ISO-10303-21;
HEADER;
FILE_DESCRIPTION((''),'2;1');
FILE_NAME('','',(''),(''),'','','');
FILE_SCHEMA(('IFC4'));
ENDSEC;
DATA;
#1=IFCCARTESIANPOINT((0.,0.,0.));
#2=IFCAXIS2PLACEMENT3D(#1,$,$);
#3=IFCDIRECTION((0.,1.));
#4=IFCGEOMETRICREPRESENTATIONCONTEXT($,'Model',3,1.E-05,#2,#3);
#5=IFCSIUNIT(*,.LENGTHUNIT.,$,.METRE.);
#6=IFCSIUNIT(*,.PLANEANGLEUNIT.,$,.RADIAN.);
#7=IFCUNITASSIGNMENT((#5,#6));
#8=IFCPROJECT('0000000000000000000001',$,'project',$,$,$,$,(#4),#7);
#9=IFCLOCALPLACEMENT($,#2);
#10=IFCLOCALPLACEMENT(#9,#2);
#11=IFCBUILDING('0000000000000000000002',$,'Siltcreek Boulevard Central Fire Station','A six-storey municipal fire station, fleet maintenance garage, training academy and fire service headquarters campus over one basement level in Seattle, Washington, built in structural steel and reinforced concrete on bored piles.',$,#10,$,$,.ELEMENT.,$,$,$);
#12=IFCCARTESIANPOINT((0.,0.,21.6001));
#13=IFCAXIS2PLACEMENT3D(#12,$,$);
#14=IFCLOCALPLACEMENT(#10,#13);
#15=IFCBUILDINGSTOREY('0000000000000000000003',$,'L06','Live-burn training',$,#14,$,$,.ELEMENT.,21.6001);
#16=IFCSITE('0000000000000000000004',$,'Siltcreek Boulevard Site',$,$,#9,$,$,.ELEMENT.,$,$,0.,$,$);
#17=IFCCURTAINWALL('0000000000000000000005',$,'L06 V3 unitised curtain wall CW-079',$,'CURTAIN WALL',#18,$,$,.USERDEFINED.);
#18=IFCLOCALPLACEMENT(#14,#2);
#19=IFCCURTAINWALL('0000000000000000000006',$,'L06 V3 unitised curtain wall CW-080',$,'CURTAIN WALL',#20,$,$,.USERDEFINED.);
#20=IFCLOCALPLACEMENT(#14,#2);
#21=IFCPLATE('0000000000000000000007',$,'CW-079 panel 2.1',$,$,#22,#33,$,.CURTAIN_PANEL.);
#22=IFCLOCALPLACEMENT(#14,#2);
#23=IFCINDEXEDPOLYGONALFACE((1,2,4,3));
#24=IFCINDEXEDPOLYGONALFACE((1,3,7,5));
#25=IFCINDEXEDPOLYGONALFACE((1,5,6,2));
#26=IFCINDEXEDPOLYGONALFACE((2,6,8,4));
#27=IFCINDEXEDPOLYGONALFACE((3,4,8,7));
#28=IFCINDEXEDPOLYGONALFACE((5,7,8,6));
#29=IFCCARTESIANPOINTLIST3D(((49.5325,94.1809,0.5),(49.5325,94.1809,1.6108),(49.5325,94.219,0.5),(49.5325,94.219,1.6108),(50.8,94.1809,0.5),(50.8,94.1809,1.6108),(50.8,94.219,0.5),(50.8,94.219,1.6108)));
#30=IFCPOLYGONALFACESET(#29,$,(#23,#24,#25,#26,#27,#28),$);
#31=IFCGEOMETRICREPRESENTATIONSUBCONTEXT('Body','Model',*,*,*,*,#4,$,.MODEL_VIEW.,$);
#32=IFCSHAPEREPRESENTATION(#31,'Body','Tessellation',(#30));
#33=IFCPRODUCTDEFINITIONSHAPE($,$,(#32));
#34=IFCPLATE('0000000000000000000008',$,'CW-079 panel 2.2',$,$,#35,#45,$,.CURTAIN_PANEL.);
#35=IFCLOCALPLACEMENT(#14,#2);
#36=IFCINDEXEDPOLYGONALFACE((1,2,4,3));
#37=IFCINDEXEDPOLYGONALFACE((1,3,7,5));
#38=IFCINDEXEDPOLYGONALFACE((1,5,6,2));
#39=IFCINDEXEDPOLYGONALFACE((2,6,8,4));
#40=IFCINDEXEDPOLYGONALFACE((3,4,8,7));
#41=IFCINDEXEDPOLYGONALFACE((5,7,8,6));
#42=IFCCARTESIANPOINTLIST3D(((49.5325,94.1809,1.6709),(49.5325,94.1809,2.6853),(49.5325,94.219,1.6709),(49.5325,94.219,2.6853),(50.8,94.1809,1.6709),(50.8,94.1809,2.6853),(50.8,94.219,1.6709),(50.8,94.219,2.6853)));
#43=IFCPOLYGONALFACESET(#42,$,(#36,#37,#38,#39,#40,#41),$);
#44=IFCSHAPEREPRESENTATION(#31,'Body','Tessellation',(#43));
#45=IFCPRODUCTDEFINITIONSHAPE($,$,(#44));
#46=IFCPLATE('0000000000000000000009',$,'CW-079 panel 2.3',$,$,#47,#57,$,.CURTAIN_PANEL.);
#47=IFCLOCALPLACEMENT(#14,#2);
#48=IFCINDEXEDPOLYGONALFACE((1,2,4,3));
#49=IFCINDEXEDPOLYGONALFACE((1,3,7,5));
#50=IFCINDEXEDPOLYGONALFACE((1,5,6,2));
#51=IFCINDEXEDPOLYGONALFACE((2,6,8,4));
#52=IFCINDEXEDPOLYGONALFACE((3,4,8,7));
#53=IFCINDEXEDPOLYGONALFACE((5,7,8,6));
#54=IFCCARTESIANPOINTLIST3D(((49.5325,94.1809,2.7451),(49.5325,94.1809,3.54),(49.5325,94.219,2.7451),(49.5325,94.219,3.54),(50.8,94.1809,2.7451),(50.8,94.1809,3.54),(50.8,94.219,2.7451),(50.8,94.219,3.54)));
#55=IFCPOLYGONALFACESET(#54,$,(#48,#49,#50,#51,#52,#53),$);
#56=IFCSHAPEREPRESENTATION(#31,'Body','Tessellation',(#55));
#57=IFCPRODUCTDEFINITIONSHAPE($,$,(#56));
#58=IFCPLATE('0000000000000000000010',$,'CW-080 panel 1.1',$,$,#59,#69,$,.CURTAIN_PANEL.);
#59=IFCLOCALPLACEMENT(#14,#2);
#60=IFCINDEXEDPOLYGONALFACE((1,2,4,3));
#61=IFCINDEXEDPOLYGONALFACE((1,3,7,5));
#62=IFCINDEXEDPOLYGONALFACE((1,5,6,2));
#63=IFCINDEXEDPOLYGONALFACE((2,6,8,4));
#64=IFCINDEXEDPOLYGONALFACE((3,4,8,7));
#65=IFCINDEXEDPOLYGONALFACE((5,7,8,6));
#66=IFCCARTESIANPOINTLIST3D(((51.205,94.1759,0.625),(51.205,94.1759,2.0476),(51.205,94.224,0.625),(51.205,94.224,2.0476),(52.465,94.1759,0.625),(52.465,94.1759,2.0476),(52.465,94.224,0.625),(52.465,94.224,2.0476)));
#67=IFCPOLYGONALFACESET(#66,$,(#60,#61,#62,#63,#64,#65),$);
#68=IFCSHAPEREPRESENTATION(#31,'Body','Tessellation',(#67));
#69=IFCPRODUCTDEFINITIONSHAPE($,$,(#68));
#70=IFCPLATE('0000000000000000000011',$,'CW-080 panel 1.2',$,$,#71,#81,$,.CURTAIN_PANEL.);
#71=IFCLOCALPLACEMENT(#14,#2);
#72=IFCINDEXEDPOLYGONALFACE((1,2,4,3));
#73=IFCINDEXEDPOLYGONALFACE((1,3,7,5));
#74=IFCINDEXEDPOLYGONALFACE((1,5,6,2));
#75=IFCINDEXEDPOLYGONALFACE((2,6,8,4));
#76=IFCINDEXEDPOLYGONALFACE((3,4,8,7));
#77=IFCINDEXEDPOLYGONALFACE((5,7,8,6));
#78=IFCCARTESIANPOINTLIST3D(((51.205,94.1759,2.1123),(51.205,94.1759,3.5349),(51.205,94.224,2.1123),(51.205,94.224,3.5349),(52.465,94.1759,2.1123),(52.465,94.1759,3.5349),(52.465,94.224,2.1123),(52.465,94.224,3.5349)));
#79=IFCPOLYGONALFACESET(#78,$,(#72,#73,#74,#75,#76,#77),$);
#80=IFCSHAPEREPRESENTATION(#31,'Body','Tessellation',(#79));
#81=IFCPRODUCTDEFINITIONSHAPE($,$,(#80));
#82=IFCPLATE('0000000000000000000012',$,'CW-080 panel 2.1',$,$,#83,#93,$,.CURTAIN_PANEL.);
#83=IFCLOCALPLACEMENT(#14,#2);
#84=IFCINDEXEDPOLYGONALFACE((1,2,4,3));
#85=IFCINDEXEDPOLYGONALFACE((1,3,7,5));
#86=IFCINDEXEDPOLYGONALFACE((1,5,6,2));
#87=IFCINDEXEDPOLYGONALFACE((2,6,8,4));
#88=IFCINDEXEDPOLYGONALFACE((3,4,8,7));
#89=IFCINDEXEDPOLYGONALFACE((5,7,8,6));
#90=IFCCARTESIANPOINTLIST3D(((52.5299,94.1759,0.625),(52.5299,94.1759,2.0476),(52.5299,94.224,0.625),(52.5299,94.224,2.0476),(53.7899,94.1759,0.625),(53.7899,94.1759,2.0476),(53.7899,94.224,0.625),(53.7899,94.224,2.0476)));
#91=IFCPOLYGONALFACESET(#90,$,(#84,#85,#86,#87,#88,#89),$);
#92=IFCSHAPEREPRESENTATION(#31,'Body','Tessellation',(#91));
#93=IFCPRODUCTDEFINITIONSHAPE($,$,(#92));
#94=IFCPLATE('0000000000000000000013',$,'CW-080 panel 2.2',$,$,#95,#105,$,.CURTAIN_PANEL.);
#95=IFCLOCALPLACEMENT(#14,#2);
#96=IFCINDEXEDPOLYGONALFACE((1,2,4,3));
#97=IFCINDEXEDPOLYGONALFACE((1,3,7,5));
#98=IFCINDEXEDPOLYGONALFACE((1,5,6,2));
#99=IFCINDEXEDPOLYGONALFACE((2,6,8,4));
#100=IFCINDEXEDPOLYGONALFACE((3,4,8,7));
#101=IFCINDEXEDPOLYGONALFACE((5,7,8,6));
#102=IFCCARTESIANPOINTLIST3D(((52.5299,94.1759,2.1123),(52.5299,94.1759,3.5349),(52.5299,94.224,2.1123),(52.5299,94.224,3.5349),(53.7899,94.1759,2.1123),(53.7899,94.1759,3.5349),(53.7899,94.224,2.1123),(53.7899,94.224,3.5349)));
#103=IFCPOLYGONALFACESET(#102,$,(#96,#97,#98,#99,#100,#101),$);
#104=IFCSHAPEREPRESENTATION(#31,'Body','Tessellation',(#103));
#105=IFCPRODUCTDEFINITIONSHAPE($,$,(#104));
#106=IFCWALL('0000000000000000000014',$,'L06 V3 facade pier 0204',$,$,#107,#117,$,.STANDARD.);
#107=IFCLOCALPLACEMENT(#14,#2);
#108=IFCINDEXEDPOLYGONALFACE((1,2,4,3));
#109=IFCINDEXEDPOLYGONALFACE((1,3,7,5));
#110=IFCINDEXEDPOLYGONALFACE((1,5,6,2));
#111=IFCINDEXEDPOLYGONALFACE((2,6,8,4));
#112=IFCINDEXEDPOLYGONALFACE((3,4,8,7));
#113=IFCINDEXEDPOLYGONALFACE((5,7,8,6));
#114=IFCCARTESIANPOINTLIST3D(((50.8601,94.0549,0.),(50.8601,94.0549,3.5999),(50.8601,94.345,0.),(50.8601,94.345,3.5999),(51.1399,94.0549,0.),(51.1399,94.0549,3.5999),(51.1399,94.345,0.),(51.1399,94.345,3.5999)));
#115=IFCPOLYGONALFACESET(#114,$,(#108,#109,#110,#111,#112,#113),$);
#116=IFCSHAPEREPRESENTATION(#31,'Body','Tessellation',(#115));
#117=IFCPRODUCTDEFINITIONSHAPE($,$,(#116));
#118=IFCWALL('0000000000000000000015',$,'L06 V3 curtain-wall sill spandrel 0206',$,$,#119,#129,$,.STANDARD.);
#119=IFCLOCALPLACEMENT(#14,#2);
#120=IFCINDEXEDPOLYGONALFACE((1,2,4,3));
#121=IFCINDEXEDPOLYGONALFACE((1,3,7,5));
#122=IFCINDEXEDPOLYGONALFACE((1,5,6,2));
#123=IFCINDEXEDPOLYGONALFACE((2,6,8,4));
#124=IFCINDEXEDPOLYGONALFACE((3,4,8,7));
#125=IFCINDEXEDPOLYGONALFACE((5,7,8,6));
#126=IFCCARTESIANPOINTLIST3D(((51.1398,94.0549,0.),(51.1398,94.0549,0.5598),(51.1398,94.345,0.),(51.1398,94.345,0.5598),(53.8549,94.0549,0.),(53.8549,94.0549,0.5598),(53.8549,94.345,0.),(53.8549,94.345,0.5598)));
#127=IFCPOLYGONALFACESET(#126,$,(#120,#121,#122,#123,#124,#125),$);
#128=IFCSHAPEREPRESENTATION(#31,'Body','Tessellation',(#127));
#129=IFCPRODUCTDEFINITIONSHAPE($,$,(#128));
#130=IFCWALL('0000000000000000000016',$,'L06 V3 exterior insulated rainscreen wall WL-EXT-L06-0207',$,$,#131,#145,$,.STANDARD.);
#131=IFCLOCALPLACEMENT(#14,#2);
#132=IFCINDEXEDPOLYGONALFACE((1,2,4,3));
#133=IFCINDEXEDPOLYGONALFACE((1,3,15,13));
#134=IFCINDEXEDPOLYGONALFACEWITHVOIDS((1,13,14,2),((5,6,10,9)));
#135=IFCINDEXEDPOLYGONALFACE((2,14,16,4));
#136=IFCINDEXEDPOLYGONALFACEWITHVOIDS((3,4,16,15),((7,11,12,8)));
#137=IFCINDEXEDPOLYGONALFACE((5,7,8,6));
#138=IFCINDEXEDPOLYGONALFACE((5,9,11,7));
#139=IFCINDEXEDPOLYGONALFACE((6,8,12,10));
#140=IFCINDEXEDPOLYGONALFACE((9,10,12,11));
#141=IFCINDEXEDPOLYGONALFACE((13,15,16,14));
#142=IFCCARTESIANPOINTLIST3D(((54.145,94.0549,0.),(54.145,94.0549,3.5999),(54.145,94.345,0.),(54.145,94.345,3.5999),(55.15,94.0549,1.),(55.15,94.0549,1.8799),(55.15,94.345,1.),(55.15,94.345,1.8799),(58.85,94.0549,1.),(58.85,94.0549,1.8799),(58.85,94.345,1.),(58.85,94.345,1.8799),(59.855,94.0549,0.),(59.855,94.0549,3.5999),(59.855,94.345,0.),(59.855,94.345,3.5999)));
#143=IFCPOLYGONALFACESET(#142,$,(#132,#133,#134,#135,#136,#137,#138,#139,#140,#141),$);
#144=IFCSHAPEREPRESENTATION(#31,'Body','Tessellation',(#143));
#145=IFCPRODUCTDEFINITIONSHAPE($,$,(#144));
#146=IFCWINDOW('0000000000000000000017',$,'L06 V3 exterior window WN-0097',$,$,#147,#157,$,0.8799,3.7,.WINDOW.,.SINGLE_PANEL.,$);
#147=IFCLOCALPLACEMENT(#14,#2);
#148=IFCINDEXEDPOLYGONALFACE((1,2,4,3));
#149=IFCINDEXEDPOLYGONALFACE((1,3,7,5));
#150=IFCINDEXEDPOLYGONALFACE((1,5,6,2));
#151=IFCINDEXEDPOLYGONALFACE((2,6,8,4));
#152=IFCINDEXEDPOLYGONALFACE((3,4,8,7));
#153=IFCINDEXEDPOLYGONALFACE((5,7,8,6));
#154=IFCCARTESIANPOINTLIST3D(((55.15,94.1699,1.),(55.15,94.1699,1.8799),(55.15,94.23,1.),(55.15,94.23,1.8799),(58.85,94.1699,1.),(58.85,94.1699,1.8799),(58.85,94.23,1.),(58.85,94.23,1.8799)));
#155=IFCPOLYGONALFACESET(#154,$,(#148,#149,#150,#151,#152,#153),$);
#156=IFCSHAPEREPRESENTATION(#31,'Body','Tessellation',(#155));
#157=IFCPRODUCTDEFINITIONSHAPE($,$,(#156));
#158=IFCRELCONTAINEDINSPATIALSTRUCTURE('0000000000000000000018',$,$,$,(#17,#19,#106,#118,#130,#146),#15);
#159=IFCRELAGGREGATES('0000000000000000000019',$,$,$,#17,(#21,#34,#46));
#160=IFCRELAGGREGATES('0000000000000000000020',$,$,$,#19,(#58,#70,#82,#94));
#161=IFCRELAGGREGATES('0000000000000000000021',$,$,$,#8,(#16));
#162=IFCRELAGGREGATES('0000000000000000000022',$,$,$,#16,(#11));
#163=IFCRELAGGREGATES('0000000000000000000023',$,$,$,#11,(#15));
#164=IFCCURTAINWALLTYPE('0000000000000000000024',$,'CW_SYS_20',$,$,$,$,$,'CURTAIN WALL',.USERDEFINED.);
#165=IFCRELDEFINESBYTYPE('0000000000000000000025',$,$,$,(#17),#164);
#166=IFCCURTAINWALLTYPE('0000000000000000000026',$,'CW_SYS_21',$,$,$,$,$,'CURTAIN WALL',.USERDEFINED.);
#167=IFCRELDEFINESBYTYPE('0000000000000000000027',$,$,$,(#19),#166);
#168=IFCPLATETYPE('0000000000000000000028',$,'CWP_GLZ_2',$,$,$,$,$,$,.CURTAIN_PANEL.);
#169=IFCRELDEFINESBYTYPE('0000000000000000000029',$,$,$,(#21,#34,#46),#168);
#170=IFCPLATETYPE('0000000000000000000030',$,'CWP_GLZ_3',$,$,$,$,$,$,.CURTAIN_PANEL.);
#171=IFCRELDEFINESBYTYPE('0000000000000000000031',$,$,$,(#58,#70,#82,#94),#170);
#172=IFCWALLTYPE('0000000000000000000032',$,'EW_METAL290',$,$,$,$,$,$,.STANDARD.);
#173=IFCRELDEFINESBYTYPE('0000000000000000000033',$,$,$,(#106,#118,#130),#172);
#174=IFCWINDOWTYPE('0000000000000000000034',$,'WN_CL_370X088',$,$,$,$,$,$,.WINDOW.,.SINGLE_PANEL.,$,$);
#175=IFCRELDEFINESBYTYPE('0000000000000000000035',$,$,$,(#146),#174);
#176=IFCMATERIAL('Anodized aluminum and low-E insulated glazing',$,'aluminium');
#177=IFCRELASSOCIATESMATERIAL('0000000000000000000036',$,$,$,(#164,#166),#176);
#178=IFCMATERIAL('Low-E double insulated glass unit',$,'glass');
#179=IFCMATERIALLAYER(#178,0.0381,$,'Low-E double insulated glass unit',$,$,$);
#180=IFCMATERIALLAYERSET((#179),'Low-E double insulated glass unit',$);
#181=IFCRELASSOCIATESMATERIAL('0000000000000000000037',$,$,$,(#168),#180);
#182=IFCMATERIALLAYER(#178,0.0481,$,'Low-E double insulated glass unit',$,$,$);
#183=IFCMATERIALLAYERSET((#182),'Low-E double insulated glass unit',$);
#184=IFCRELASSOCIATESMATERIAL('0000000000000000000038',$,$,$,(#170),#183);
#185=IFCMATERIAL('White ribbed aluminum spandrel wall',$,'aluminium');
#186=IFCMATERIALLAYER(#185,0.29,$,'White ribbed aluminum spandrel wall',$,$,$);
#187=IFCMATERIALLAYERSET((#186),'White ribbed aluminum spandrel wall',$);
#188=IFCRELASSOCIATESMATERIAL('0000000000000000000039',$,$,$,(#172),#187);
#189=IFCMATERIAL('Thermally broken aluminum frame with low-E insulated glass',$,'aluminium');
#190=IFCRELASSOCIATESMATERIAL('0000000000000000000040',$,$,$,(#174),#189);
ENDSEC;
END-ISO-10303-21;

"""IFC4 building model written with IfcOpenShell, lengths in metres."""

from ifc_helpers import new_model, si_unit, direction, frame, frame_2d, origin, origin_2d, place, context, subcontext, project, spatial, rectangle, extrude, material, layer, layer_set, type_object, element, fill, aggregate, save


model = new_model("IFC4")

# Units and contexts
model_context = context("Model", 3, precision=1e-05, world=origin(), true_north=direction((0.0, 1.0)))
body_context = subcontext(model_context, "Body", "Model", "MODEL_VIEW")
ifc_project = project(units=[si_unit("LENGTHUNIT", "METRE"), si_unit("PLANEANGLEUNIT", "RADIAN")], contexts=[model_context])

# Site, building, storey
site_placement = place(None, origin())
site = spatial("IfcSite", under=ifc_project, at=site_placement, Name="Siltcreek Boulevard Site", CompositionType="ELEMENT", RefElevation=0.0)
building_placement = place(site_placement, origin())
building = spatial("IfcBuilding", under=site, at=building_placement, Name="Siltcreek Boulevard Central Fire Station", Description="A six-storey municipal fire station, fleet maintenance garage, training academy and fire service headquarters campus over one basement level in Seattle, Washington, built in structural steel and reinforced concrete on bored piles.", CompositionType="ELEMENT")
storey_placement = place(building_placement, frame((0.0, 0.0, 21.6001)))
storey = spatial("IfcBuildingStorey", under=building, at=storey_placement, Name="L06", Description="Live-burn training", CompositionType="ELEMENT", Elevation=21.6001)

# Curtain wall
ifc_material_1 = material(Name="Anodized aluminum and low-E insulated glazing", Category="aluminium")
curtain_wall_type_1 = type_object("IfcCurtainWallType", Name="CW_SYS_20", ElementType="CURTAIN WALL", PredefinedType="USERDEFINED", material=ifc_material_1)
curtain_wall_1_placement = place(storey_placement, origin())
curtain_wall_1 = element("IfcCurtainWall", 1, at=curtain_wall_1_placement, inside=storey, type_object=curtain_wall_type_1, Name="L06 V3 unitised curtain wall CW-079", ObjectType="CURTAIN WALL", PredefinedType="USERDEFINED")

# Curtain wall
curtain_wall_type_2 = type_object("IfcCurtainWallType", Name="CW_SYS_21", ElementType="CURTAIN WALL", PredefinedType="USERDEFINED", material=ifc_material_1)
curtain_wall_2_placement = place(storey_placement, origin())
curtain_wall_2 = element("IfcCurtainWall", 2, at=curtain_wall_2_placement, inside=storey, type_object=curtain_wall_type_2, Name="L06 V3 unitised curtain wall CW-080", ObjectType="CURTAIN WALL", PredefinedType="USERDEFINED")

# Plates
ifc_material_2 = material(Name="Low-E double insulated glass unit", Category="glass")
ifc_layer_1 = layer(ifc_material_2, 0.0381, Name="Low-E double insulated glass unit")
ifc_layer_set_1 = layer_set([ifc_layer_1], Name="Low-E double insulated glass unit")
plate_type_1 = type_object("IfcPlateType", Name="CWP_GLZ_2", PredefinedType="CURTAIN_PANEL", material=ifc_layer_set_1)
plate_1_placement = place(storey_placement, frame((50.1663, 94.2, 0.5), z_axis=(0.0, 0.0, 1.0), x_axis=(1.0, 0.0, 0.0)))
plate_1 = element("IfcPlate", 3, at=plate_1_placement, type_object=plate_type_1, Name="CW-079 panel 2.1", PredefinedType="CURTAIN_PANEL", context=body_context, shape_type="SweptSolid", body=[
    extrude(rectangle(XDim=1.2676, YDim=0.0381, at=origin_2d()), origin(), (0.0, 0.0, 1.0), 1.1108),
])
plate_2_placement = place(storey_placement, frame((50.1663, 94.2, 1.6709), z_axis=(0.0, 0.0, 1.0), x_axis=(1.0, 0.0, 0.0)))
plate_2 = element("IfcPlate", 4, at=plate_2_placement, type_object=plate_type_1, Name="CW-079 panel 2.2", PredefinedType="CURTAIN_PANEL", context=body_context, shape_type="SweptSolid", body=[
    extrude(rectangle(XDim=1.2676, YDim=0.0381, at=origin_2d()), origin(), (0.0, 0.0, 1.0), 1.0144),
])
plate_3_placement = place(storey_placement, frame((50.1663, 94.2, 2.7451), z_axis=(0.0, 0.0, 1.0), x_axis=(1.0, 0.0, 0.0)))
plate_3 = element("IfcPlate", 5, at=plate_3_placement, type_object=plate_type_1, Name="CW-079 panel 2.3", PredefinedType="CURTAIN_PANEL", context=body_context, shape_type="SweptSolid", body=[
    extrude(rectangle(XDim=1.2676, YDim=0.0381, at=origin_2d()), origin(), (0.0, 0.0, 1.0), 0.7949),
])
aggregate(curtain_wall_1, [plate_1, plate_2, plate_3])
ifc_layer_2 = layer(ifc_material_2, 0.0481, Name="Low-E double insulated glass unit")
ifc_layer_set_2 = layer_set([ifc_layer_2], Name="Low-E double insulated glass unit")
plate_type_2 = type_object("IfcPlateType", Name="CWP_GLZ_3", PredefinedType="CURTAIN_PANEL", material=ifc_layer_set_2)
plate_4_placement = place(storey_placement, frame((51.835, 94.2, 0.625), z_axis=(0.0, 0.0, 1.0), x_axis=(1.0, 0.0, 0.0)))
plate_4 = element("IfcPlate", 6, at=plate_4_placement, type_object=plate_type_2, Name="CW-080 panel 1.1", PredefinedType="CURTAIN_PANEL", context=body_context, shape_type="SweptSolid", body=[
    extrude(rectangle(XDim=1.26, YDim=0.0481, at=origin_2d()), origin(), (0.0, 0.0, 1.0), 1.4226),
])
plate_5_placement = place(storey_placement, frame((51.835, 94.2, 2.1123), z_axis=(0.0, 0.0, 1.0), x_axis=(1.0, 0.0, 0.0)))
plate_5 = element("IfcPlate", 7, at=plate_5_placement, type_object=plate_type_2, Name="CW-080 panel 1.2", PredefinedType="CURTAIN_PANEL", context=body_context, shape_type="SweptSolid", body=[
    extrude(rectangle(XDim=1.26, YDim=0.0481, at=origin_2d()), origin(), (0.0, 0.0, 1.0), 1.4226),
])
plate_6_placement = place(storey_placement, frame((53.1599, 94.2, 0.625), z_axis=(0.0, 0.0, 1.0), x_axis=(1.0, 0.0, 0.0)))
plate_6 = element("IfcPlate", 8, at=plate_6_placement, type_object=plate_type_2, Name="CW-080 panel 2.1", PredefinedType="CURTAIN_PANEL", context=body_context, shape_type="SweptSolid", body=[
    extrude(rectangle(XDim=1.26, YDim=0.0481, at=origin_2d()), origin(), (0.0, 0.0, 1.0), 1.4226),
])
plate_7_placement = place(storey_placement, frame((53.1599, 94.2, 2.1123), z_axis=(0.0, 0.0, 1.0), x_axis=(1.0, 0.0, 0.0)))
plate_7 = element("IfcPlate", 9, at=plate_7_placement, type_object=plate_type_2, Name="CW-080 panel 2.2", PredefinedType="CURTAIN_PANEL", context=body_context, shape_type="SweptSolid", body=[
    extrude(rectangle(XDim=1.26, YDim=0.0481, at=origin_2d()), origin(), (0.0, 0.0, 1.0), 1.4226),
])
aggregate(curtain_wall_2, [plate_4, plate_5, plate_6, plate_7])

# Walls
ifc_material_3 = material(Name="White ribbed aluminum spandrel wall", Category="aluminium")
ifc_layer_3 = layer(ifc_material_3, 0.29, Name="White ribbed aluminum spandrel wall")
ifc_layer_set_3 = layer_set([ifc_layer_3], Name="White ribbed aluminum spandrel wall")
wall_type = type_object("IfcWallType", Name="EW_METAL290", PredefinedType="STANDARD", material=ifc_layer_set_3)
wall_1_placement = place(storey_placement, frame((50.8601, 94.2, 0.0), z_axis=(0.0, 0.0, 1.0), x_axis=(1.0, 0.0, 0.0)))
element("IfcWall", 10, at=wall_1_placement, inside=storey, type_object=wall_type, Name="L06 V3 facade pier 0204", PredefinedType="STANDARD", context=body_context, shape_type="SweptSolid", body=[
    extrude(rectangle(XDim=0.2798, YDim=0.29, at=frame_2d((0.1399, 0.0))), origin(), (0.0, 0.0, 1.0), 3.5999),
])
wall_2_placement = place(storey_placement, frame((51.1399, 94.2, 0.0), z_axis=(0.0, 0.0, 1.0), x_axis=(1.0, 0.0, 0.0)))
element("IfcWall", 11, at=wall_2_placement, inside=storey, type_object=wall_type, Name="L06 V3 curtain-wall sill spandrel 0206", PredefinedType="STANDARD", context=body_context, shape_type="SweptSolid", body=[
    extrude(rectangle(XDim=2.7151, YDim=0.29, at=frame_2d((1.3574, 0.0))), origin(), (0.0, 0.0, 1.0), 0.5598),
])

# Wall, opening, window
wall_3_placement = place(storey_placement, frame((54.145, 94.2, 0.0), z_axis=(0.0, 0.0, 1.0), x_axis=(1.0, 0.0, 0.0)))
wall_3 = element("IfcWall", 12, at=wall_3_placement, inside=storey, type_object=wall_type, Name="L06 V3 exterior insulated rainscreen wall WL-EXT-L06-0207", PredefinedType="STANDARD", context=body_context, shape_type="SweptSolid", body=[
    extrude(rectangle(XDim=5.71, YDim=0.29, at=frame_2d((2.855, 0.0))), origin(), (0.0, 0.0, 1.0), 3.5999),
])
opening_placement = place(wall_3_placement, frame((1.0049, 0.0, 1.0)))
opening = element("IfcOpeningElement", 13, at=opening_placement, cuts=wall_3, PredefinedType="OPENING", context=body_context, shape_type="SweptSolid", body=[
    extrude(rectangle(XDim=3.7, YDim=0.8799, at=frame_2d((1.8501, 0.4399))), frame((0.0, 0.155, 0.0), z_axis=(0.0, -1.0, 0.0), x_axis=(1.0, 0.0, 0.0)), (0.0, 0.0, 1.0), 0.3101),
])
ifc_material_4 = material(Name="Thermally broken aluminum frame with low-E insulated glass", Category="aluminium")
window_type = type_object("IfcWindowType", Name="WN_CL_370X088", PartitioningType="SINGLE_PANEL", PredefinedType="WINDOW", material=ifc_material_4)
window_placement = place(opening_placement, origin())
window = element("IfcWindow", 14, at=window_placement, inside=storey, type_object=window_type, Name="L06 V3 exterior window WN-0097", OverallHeight=0.8799, OverallWidth=3.7, PartitioningType="SINGLE_PANEL", PredefinedType="WINDOW", context=body_context, shape_type="SweptSolid", body=[
    extrude(rectangle(XDim=3.7, YDim=0.8799, at=frame_2d((1.8501, 0.4399))), frame((0.0, 0.03, 0.0), z_axis=(0.0, -1.0, 0.0), x_axis=(1.0, 0.0, 0.0)), (0.0, 0.0, 1.0), 0.0601),
])
fill(opening, window)

save(model, "model.ifc")
